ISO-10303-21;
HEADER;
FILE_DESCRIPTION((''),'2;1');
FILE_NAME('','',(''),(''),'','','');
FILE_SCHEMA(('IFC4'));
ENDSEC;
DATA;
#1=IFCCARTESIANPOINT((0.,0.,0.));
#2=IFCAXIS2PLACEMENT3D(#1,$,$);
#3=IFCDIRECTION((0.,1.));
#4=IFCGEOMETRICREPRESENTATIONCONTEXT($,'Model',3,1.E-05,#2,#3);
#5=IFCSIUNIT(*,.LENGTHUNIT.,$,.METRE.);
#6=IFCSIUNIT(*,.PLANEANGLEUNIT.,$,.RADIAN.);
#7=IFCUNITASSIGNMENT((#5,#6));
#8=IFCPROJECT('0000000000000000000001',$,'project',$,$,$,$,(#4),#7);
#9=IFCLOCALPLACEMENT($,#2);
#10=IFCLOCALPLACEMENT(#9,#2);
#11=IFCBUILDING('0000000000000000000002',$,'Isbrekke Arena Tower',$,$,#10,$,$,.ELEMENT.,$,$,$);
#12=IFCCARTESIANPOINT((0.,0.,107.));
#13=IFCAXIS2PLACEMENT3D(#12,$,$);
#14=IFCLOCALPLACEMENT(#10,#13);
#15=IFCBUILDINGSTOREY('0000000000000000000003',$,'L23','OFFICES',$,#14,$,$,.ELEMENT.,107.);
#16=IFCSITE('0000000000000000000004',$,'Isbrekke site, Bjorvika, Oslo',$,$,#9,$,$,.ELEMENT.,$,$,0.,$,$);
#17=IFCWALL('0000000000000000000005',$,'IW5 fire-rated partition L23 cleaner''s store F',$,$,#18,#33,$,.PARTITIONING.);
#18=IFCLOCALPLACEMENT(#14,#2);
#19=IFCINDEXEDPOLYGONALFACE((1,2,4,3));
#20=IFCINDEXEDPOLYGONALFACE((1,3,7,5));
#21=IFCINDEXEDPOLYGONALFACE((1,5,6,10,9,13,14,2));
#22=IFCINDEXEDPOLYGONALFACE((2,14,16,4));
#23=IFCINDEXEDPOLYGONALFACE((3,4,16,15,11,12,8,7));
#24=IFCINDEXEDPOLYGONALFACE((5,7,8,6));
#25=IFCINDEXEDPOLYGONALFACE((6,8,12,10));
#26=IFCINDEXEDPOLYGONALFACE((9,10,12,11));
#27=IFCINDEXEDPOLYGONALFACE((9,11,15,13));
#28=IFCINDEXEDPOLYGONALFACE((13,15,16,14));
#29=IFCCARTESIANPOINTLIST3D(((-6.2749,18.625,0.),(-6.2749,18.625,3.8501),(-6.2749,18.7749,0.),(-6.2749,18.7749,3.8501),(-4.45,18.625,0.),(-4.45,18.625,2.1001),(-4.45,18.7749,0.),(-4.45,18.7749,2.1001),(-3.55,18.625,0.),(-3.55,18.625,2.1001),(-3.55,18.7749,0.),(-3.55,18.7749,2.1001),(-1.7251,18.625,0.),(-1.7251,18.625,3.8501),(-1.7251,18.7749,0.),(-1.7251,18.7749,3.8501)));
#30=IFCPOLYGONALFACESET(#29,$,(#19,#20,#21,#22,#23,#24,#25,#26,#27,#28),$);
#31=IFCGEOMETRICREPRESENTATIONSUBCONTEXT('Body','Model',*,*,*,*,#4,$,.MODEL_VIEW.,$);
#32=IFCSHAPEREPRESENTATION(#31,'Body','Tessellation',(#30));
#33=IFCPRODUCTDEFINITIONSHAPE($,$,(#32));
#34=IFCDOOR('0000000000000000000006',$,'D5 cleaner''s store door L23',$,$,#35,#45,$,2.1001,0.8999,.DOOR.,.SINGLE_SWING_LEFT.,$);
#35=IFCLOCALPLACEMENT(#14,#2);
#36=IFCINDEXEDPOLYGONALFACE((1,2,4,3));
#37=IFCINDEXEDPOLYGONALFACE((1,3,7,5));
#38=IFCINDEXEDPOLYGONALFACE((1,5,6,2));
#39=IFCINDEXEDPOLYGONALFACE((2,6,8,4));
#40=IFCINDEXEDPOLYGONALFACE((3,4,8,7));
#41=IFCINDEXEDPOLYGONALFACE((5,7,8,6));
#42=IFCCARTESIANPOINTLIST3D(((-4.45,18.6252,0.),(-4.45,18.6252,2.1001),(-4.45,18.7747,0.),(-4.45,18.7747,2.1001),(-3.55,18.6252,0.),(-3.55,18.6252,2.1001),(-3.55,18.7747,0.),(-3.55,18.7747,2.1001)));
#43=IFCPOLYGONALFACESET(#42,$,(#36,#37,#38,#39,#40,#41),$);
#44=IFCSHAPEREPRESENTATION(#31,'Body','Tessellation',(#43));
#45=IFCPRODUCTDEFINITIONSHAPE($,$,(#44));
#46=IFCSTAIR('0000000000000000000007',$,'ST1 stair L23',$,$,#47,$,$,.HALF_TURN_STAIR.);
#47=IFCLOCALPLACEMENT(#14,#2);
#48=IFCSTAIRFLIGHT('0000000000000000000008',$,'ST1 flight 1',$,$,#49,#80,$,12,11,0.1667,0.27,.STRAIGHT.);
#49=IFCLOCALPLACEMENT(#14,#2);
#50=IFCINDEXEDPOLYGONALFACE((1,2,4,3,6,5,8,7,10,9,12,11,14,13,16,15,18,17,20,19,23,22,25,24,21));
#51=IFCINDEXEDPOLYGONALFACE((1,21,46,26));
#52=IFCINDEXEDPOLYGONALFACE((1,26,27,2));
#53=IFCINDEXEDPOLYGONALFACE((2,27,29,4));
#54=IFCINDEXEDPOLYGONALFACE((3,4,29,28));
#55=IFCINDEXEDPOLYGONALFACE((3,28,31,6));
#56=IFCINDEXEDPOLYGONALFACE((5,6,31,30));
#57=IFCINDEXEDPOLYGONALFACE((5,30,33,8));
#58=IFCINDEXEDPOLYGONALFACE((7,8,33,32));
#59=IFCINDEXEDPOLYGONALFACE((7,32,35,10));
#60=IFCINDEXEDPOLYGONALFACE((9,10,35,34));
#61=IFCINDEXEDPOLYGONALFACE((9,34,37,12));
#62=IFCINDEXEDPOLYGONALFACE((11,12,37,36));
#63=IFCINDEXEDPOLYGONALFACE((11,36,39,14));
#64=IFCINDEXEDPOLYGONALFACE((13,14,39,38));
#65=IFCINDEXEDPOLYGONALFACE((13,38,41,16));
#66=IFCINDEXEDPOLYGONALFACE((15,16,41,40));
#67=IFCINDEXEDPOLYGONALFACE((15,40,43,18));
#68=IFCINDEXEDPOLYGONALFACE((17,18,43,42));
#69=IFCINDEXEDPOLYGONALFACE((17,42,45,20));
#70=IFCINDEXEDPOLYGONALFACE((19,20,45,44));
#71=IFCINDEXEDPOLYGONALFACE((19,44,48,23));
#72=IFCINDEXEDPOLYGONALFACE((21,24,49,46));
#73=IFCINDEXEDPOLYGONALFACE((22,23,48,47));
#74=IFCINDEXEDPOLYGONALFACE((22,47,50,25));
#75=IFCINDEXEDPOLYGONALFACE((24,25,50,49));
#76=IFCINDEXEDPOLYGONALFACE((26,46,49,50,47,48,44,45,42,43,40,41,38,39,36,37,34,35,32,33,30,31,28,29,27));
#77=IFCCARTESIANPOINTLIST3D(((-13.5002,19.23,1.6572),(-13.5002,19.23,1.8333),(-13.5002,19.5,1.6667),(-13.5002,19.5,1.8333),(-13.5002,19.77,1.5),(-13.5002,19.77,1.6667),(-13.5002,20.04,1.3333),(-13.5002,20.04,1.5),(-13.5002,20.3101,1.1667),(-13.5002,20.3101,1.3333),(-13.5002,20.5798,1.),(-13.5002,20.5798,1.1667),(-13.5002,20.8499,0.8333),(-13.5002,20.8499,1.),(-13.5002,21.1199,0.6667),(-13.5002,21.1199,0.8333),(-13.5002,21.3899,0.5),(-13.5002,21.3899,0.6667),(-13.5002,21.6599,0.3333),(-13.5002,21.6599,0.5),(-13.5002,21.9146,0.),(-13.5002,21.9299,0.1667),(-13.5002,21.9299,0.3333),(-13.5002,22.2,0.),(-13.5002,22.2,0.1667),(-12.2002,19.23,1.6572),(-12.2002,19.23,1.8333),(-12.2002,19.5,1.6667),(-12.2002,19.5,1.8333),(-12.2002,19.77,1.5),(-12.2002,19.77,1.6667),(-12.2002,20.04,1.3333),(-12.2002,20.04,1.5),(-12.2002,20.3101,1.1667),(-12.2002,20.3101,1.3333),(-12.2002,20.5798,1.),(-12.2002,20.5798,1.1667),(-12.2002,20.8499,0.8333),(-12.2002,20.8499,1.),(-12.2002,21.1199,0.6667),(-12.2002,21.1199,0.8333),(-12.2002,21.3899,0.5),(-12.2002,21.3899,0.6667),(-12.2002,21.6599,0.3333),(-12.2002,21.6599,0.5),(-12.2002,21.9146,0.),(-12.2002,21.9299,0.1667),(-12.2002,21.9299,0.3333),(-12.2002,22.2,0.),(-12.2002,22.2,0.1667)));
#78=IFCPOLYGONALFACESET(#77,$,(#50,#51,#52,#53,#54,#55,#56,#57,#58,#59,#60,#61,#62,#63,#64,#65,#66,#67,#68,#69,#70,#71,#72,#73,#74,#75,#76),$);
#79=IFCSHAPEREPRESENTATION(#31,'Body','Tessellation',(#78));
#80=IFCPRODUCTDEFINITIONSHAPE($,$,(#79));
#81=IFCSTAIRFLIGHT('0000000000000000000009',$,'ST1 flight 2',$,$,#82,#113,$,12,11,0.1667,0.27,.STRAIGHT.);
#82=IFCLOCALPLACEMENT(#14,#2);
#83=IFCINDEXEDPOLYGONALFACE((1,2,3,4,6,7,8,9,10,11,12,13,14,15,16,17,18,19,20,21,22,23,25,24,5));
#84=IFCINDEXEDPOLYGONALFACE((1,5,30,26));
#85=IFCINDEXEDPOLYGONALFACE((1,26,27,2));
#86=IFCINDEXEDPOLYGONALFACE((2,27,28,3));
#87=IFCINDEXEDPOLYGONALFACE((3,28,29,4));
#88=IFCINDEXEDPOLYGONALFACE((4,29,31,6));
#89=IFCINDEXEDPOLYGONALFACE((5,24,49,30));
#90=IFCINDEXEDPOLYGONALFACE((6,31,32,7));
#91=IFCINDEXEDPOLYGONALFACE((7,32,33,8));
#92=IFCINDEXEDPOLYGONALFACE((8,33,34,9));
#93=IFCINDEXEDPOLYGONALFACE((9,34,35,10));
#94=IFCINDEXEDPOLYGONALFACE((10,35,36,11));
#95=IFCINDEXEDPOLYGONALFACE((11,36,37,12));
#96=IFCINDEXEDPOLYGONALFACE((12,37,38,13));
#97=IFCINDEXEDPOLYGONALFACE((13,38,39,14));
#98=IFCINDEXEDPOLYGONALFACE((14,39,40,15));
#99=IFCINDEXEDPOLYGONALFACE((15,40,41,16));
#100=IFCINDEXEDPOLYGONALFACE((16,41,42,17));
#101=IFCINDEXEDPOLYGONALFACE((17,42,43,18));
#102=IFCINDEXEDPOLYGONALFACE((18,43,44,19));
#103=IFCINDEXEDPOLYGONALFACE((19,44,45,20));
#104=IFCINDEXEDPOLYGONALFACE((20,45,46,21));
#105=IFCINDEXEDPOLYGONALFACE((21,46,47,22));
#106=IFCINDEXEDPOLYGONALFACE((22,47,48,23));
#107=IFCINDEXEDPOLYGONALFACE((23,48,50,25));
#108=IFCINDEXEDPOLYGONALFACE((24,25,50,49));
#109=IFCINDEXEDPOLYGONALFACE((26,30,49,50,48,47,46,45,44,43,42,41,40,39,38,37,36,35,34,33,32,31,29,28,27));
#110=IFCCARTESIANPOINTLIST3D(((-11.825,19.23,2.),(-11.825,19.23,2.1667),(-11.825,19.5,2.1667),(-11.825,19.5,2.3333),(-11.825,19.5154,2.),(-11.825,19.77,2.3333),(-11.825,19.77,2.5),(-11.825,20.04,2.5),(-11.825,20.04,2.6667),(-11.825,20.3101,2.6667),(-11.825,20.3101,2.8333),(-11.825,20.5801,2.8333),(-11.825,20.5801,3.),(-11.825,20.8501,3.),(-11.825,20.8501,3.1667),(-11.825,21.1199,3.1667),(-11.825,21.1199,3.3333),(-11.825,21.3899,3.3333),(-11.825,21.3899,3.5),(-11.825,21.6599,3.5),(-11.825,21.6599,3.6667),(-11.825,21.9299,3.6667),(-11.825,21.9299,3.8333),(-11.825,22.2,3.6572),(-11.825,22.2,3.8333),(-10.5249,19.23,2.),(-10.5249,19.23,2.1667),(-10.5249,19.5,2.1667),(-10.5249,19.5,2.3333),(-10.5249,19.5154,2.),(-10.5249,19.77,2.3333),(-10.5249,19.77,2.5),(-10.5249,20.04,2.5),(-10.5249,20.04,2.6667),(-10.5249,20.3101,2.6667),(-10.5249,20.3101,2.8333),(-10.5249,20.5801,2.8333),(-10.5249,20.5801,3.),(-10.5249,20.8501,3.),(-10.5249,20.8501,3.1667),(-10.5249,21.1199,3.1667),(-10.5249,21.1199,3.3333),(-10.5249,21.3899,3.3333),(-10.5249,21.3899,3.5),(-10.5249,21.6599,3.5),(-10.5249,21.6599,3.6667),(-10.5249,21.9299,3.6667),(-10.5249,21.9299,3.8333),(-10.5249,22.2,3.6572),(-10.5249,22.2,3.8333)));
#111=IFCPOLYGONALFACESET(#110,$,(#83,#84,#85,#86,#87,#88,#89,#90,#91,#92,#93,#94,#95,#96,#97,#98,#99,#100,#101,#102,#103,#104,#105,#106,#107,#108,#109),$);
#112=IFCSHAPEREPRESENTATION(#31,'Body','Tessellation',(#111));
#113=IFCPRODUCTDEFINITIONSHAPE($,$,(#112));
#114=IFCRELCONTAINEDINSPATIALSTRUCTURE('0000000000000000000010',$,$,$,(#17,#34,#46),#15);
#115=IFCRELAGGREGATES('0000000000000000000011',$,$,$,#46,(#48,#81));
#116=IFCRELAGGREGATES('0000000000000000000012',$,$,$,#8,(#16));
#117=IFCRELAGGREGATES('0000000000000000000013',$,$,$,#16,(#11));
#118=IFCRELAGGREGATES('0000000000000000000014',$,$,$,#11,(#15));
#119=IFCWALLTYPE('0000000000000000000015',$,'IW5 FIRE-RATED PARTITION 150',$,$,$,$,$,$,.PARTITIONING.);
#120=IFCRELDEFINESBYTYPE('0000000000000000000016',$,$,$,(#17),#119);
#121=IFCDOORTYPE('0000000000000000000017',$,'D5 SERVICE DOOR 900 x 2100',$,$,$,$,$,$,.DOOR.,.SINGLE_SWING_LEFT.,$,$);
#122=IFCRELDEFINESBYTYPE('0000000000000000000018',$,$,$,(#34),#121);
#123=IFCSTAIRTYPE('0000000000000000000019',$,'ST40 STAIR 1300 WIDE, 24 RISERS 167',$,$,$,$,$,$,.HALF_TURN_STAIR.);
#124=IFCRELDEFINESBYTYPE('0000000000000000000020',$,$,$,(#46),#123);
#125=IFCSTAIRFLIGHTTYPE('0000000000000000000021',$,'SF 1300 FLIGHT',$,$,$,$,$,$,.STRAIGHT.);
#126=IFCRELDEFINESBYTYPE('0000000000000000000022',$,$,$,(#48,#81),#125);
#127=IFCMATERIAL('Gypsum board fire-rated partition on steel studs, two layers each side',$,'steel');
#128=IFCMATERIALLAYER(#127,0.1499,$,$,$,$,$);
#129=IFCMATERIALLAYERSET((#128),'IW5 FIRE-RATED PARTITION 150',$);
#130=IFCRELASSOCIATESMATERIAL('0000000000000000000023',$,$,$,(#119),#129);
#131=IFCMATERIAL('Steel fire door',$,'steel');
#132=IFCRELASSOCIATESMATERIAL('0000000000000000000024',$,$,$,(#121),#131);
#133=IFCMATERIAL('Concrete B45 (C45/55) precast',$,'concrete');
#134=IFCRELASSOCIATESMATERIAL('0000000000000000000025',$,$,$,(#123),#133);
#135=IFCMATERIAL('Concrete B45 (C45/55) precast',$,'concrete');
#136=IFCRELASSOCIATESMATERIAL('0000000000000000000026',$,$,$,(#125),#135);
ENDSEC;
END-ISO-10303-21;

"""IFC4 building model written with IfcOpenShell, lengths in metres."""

from ifc_helpers import new_model, si_unit, direction, frame, frame_2d, origin, place, context, subcontext, project, spatial, polyline, rectangle, outline, extrude, material, layer, layer_set, type_object, element, fill, aggregate, save


model = new_model("IFC4")

# Units and contexts
model_context = context("Model", 3, precision=1e-05, world=origin(), true_north=direction((0.0, 1.0)))
body_context = subcontext(model_context, "Body", "Model", "MODEL_VIEW")
ifc_project = project(units=[si_unit("LENGTHUNIT", "METRE"), si_unit("PLANEANGLEUNIT", "RADIAN")], contexts=[model_context])

# Site, building, storey
site_placement = place(None, origin())
site = spatial("IfcSite", under=ifc_project, at=site_placement, Name="Isbrekke site, Bjorvika, Oslo", CompositionType="ELEMENT", RefElevation=0.0)
building_placement = place(site_placement, origin())
building = spatial("IfcBuilding", under=site, at=building_placement, Name="Isbrekke Arena Tower", CompositionType="ELEMENT")
storey_placement = place(building_placement, frame((0.0, 0.0, 107.0)))
storey = spatial("IfcBuildingStorey", under=building, at=storey_placement, Name="L23", Description="OFFICES", CompositionType="ELEMENT", Elevation=107.0)

# Wall, opening, door
ifc_material_1 = material(Name="Gypsum board fire-rated partition on steel studs, two layers each side", Category="steel")
ifc_layer_1 = layer(ifc_material_1, 0.1499)
ifc_layer_set_1 = layer_set([ifc_layer_1], Name="IW5 FIRE-RATED PARTITION 150")
wall_type_1 = type_object("IfcWallType", Name="IW5 FIRE-RATED PARTITION 150", PredefinedType="PARTITIONING", material=ifc_layer_set_1)
wall_1_placement = place(storey_placement, frame((-6.2749, 18.7, 0.0), z_axis=(0.0, 0.0, 1.0), x_axis=(1.0, 0.0, 0.0)))
wall_1 = element("IfcWall", 1, at=wall_1_placement, inside=storey, type_object=wall_type_1, Name="IW5 fire-rated partition L23 cleaner's store F", PredefinedType="PARTITIONING", context=body_context, shape_type="SweptSolid", body=[
    extrude(rectangle(XDim=4.5498, YDim=0.1499, at=frame_2d((2.2749, 0.0))), origin(), (0.0, 0.0, 1.0), 3.8501),
])
opening_1_placement = place(wall_1_placement, frame((1.825, 0.0, 0.0)))
opening_1 = element("IfcOpeningElement", 2, at=opening_1_placement, cuts=wall_1, PredefinedType="OPENING", context=body_context, shape_type="SweptSolid", body=[
    extrude(rectangle(XDim=0.8999, YDim=2.1001, at=frame_2d((0.45, 1.05))), frame((0.0, 0.0898, 0.0), z_axis=(0.0, -1.0, 0.0), x_axis=(1.0, 0.0, 0.0)), (0.0, 0.0, 1.0), 0.1797),
])
ifc_material_2 = material(Name="Steel fire door", Category="steel")
door_type_1 = type_object("IfcDoorType", Name="D5 SERVICE DOOR 900 x 2100", OperationType="SINGLE_SWING_LEFT", PredefinedType="DOOR", material=ifc_material_2)
door_1_placement = place(opening_1_placement, origin())
door_1 = element("IfcDoor", 3, at=door_1_placement, inside=storey, type_object=door_type_1, Name="D5 cleaner's store door L23", OperationType="SINGLE_SWING_LEFT", OverallHeight=2.1001, OverallWidth=0.8999, PredefinedType="DOOR", context=body_context, shape_type="SweptSolid", body=[
    extrude(rectangle(XDim=0.8999, YDim=2.1001, at=frame_2d((0.45, 1.05))), frame((0.0, 0.0747, 0.0), z_axis=(0.0, -1.0, 0.0), x_axis=(1.0, 0.0, 0.0)), (0.0, 0.0, 1.0), 0.1494),
])
fill(opening_1, door_1)

# Stair, stair flights
ifc_material_3 = material(Name="Concrete B45 (C45/55) precast", Category="concrete")
stair_type = type_object("IfcStairType", Name="ST40 STAIR 1300 WIDE, 24 RISERS 167", PredefinedType="HALF_TURN_STAIR", material=ifc_material_3)
stair_placement = place(storey_placement, origin())
stair = element("IfcStair", 4, at=stair_placement, inside=storey, type_object=stair_type, Name="ST1 stair L23", PredefinedType="HALF_TURN_STAIR")
ifc_material_4 = material(Name="Concrete B45 (C45/55) precast", Category="concrete")
stair_flight_type = type_object("IfcStairFlightType", Name="SF 1300 FLIGHT", PredefinedType="STRAIGHT", material=ifc_material_4)
stair_flight_1_placement = place(storey_placement, frame((-12.8501, 22.2, 0.0), z_axis=(0.0, 0.0, 1.0), x_axis=(0.0, -1.0, 0.0)))
stair_flight_1 = element("IfcStairFlight", 5, at=stair_flight_1_placement, type_object=stair_flight_type, Name="ST1 flight 1", NumberOfRisers=12, NumberOfTreads=11, PredefinedType="STRAIGHT", RiserHeight=0.1667, TreadLength=0.27, context=body_context, shape_type="SweptSolid", body=[
    extrude(outline(polyline([(0.0, 0.0), (0.0, 0.1667), (0.27, 0.1667), (0.27, 0.3333), (0.54, 0.3333), (0.54, 0.5), (0.8101, 0.5), (0.8101, 0.6667), (1.0801, 0.6667), (1.0801, 0.8333), (1.3501, 0.8333), (1.3501, 1.0), (1.6201, 1.0), (1.6201, 1.1667), (1.8899, 1.1667), (1.8899, 1.3333), (2.1599, 1.3333), (2.1599, 1.5), (2.4299, 1.5), (2.4299, 1.6667), (2.7, 1.6667), (2.7, 1.8333), (2.97, 1.8333), (2.97, 2.0), (2.97, 1.6572), (0.2854, 0.0), (0.0, 0.0)])), frame((0.0, 0.6499, 0.0), z_axis=(0.0, -1.0, 0.0), x_axis=(1.0, 0.0, 0.0)), (0.0, 0.0, 1.0), 1.3),
])
stair_flight_2_placement = place(storey_placement, frame((-11.175, 19.23, 2.0), z_axis=(0.0, 0.0, 1.0), x_axis=(0.0, 1.0, 0.0)))
stair_flight_2 = element("IfcStairFlight", 6, at=stair_flight_2_placement, type_object=stair_flight_type, Name="ST1 flight 2", NumberOfRisers=12, NumberOfTreads=11, PredefinedType="STRAIGHT", RiserHeight=0.1667, TreadLength=0.27, context=body_context, shape_type="SweptSolid", body=[
    extrude(outline(polyline([(0.0, 0.0), (0.0, 0.1667), (0.27, 0.1667), (0.27, 0.3333), (0.54, 0.3333), (0.54, 0.5), (0.8101, 0.5), (0.8101, 0.6667), (1.0801, 0.6667), (1.0801, 0.8333), (1.3501, 0.8333), (1.3501, 1.0), (1.6201, 1.0), (1.6201, 1.1667), (1.8899, 1.1667), (1.8899, 1.3333), (2.1599, 1.3333), (2.1599, 1.5), (2.4299, 1.5), (2.4299, 1.6667), (2.7, 1.6667), (2.7, 1.8333), (2.97, 1.8333), (2.97, 2.0), (2.97, 1.6572), (0.2854, 0.0), (0.0, 0.0)])), frame((0.0, 0.6499, 0.0), z_axis=(0.0, -1.0, 0.0), x_axis=(1.0, 0.0, 0.0)), (0.0, 0.0, 1.0), 1.3),
])
aggregate(stair, [stair_flight_1, stair_flight_2])

save(model, "model.ifc")
